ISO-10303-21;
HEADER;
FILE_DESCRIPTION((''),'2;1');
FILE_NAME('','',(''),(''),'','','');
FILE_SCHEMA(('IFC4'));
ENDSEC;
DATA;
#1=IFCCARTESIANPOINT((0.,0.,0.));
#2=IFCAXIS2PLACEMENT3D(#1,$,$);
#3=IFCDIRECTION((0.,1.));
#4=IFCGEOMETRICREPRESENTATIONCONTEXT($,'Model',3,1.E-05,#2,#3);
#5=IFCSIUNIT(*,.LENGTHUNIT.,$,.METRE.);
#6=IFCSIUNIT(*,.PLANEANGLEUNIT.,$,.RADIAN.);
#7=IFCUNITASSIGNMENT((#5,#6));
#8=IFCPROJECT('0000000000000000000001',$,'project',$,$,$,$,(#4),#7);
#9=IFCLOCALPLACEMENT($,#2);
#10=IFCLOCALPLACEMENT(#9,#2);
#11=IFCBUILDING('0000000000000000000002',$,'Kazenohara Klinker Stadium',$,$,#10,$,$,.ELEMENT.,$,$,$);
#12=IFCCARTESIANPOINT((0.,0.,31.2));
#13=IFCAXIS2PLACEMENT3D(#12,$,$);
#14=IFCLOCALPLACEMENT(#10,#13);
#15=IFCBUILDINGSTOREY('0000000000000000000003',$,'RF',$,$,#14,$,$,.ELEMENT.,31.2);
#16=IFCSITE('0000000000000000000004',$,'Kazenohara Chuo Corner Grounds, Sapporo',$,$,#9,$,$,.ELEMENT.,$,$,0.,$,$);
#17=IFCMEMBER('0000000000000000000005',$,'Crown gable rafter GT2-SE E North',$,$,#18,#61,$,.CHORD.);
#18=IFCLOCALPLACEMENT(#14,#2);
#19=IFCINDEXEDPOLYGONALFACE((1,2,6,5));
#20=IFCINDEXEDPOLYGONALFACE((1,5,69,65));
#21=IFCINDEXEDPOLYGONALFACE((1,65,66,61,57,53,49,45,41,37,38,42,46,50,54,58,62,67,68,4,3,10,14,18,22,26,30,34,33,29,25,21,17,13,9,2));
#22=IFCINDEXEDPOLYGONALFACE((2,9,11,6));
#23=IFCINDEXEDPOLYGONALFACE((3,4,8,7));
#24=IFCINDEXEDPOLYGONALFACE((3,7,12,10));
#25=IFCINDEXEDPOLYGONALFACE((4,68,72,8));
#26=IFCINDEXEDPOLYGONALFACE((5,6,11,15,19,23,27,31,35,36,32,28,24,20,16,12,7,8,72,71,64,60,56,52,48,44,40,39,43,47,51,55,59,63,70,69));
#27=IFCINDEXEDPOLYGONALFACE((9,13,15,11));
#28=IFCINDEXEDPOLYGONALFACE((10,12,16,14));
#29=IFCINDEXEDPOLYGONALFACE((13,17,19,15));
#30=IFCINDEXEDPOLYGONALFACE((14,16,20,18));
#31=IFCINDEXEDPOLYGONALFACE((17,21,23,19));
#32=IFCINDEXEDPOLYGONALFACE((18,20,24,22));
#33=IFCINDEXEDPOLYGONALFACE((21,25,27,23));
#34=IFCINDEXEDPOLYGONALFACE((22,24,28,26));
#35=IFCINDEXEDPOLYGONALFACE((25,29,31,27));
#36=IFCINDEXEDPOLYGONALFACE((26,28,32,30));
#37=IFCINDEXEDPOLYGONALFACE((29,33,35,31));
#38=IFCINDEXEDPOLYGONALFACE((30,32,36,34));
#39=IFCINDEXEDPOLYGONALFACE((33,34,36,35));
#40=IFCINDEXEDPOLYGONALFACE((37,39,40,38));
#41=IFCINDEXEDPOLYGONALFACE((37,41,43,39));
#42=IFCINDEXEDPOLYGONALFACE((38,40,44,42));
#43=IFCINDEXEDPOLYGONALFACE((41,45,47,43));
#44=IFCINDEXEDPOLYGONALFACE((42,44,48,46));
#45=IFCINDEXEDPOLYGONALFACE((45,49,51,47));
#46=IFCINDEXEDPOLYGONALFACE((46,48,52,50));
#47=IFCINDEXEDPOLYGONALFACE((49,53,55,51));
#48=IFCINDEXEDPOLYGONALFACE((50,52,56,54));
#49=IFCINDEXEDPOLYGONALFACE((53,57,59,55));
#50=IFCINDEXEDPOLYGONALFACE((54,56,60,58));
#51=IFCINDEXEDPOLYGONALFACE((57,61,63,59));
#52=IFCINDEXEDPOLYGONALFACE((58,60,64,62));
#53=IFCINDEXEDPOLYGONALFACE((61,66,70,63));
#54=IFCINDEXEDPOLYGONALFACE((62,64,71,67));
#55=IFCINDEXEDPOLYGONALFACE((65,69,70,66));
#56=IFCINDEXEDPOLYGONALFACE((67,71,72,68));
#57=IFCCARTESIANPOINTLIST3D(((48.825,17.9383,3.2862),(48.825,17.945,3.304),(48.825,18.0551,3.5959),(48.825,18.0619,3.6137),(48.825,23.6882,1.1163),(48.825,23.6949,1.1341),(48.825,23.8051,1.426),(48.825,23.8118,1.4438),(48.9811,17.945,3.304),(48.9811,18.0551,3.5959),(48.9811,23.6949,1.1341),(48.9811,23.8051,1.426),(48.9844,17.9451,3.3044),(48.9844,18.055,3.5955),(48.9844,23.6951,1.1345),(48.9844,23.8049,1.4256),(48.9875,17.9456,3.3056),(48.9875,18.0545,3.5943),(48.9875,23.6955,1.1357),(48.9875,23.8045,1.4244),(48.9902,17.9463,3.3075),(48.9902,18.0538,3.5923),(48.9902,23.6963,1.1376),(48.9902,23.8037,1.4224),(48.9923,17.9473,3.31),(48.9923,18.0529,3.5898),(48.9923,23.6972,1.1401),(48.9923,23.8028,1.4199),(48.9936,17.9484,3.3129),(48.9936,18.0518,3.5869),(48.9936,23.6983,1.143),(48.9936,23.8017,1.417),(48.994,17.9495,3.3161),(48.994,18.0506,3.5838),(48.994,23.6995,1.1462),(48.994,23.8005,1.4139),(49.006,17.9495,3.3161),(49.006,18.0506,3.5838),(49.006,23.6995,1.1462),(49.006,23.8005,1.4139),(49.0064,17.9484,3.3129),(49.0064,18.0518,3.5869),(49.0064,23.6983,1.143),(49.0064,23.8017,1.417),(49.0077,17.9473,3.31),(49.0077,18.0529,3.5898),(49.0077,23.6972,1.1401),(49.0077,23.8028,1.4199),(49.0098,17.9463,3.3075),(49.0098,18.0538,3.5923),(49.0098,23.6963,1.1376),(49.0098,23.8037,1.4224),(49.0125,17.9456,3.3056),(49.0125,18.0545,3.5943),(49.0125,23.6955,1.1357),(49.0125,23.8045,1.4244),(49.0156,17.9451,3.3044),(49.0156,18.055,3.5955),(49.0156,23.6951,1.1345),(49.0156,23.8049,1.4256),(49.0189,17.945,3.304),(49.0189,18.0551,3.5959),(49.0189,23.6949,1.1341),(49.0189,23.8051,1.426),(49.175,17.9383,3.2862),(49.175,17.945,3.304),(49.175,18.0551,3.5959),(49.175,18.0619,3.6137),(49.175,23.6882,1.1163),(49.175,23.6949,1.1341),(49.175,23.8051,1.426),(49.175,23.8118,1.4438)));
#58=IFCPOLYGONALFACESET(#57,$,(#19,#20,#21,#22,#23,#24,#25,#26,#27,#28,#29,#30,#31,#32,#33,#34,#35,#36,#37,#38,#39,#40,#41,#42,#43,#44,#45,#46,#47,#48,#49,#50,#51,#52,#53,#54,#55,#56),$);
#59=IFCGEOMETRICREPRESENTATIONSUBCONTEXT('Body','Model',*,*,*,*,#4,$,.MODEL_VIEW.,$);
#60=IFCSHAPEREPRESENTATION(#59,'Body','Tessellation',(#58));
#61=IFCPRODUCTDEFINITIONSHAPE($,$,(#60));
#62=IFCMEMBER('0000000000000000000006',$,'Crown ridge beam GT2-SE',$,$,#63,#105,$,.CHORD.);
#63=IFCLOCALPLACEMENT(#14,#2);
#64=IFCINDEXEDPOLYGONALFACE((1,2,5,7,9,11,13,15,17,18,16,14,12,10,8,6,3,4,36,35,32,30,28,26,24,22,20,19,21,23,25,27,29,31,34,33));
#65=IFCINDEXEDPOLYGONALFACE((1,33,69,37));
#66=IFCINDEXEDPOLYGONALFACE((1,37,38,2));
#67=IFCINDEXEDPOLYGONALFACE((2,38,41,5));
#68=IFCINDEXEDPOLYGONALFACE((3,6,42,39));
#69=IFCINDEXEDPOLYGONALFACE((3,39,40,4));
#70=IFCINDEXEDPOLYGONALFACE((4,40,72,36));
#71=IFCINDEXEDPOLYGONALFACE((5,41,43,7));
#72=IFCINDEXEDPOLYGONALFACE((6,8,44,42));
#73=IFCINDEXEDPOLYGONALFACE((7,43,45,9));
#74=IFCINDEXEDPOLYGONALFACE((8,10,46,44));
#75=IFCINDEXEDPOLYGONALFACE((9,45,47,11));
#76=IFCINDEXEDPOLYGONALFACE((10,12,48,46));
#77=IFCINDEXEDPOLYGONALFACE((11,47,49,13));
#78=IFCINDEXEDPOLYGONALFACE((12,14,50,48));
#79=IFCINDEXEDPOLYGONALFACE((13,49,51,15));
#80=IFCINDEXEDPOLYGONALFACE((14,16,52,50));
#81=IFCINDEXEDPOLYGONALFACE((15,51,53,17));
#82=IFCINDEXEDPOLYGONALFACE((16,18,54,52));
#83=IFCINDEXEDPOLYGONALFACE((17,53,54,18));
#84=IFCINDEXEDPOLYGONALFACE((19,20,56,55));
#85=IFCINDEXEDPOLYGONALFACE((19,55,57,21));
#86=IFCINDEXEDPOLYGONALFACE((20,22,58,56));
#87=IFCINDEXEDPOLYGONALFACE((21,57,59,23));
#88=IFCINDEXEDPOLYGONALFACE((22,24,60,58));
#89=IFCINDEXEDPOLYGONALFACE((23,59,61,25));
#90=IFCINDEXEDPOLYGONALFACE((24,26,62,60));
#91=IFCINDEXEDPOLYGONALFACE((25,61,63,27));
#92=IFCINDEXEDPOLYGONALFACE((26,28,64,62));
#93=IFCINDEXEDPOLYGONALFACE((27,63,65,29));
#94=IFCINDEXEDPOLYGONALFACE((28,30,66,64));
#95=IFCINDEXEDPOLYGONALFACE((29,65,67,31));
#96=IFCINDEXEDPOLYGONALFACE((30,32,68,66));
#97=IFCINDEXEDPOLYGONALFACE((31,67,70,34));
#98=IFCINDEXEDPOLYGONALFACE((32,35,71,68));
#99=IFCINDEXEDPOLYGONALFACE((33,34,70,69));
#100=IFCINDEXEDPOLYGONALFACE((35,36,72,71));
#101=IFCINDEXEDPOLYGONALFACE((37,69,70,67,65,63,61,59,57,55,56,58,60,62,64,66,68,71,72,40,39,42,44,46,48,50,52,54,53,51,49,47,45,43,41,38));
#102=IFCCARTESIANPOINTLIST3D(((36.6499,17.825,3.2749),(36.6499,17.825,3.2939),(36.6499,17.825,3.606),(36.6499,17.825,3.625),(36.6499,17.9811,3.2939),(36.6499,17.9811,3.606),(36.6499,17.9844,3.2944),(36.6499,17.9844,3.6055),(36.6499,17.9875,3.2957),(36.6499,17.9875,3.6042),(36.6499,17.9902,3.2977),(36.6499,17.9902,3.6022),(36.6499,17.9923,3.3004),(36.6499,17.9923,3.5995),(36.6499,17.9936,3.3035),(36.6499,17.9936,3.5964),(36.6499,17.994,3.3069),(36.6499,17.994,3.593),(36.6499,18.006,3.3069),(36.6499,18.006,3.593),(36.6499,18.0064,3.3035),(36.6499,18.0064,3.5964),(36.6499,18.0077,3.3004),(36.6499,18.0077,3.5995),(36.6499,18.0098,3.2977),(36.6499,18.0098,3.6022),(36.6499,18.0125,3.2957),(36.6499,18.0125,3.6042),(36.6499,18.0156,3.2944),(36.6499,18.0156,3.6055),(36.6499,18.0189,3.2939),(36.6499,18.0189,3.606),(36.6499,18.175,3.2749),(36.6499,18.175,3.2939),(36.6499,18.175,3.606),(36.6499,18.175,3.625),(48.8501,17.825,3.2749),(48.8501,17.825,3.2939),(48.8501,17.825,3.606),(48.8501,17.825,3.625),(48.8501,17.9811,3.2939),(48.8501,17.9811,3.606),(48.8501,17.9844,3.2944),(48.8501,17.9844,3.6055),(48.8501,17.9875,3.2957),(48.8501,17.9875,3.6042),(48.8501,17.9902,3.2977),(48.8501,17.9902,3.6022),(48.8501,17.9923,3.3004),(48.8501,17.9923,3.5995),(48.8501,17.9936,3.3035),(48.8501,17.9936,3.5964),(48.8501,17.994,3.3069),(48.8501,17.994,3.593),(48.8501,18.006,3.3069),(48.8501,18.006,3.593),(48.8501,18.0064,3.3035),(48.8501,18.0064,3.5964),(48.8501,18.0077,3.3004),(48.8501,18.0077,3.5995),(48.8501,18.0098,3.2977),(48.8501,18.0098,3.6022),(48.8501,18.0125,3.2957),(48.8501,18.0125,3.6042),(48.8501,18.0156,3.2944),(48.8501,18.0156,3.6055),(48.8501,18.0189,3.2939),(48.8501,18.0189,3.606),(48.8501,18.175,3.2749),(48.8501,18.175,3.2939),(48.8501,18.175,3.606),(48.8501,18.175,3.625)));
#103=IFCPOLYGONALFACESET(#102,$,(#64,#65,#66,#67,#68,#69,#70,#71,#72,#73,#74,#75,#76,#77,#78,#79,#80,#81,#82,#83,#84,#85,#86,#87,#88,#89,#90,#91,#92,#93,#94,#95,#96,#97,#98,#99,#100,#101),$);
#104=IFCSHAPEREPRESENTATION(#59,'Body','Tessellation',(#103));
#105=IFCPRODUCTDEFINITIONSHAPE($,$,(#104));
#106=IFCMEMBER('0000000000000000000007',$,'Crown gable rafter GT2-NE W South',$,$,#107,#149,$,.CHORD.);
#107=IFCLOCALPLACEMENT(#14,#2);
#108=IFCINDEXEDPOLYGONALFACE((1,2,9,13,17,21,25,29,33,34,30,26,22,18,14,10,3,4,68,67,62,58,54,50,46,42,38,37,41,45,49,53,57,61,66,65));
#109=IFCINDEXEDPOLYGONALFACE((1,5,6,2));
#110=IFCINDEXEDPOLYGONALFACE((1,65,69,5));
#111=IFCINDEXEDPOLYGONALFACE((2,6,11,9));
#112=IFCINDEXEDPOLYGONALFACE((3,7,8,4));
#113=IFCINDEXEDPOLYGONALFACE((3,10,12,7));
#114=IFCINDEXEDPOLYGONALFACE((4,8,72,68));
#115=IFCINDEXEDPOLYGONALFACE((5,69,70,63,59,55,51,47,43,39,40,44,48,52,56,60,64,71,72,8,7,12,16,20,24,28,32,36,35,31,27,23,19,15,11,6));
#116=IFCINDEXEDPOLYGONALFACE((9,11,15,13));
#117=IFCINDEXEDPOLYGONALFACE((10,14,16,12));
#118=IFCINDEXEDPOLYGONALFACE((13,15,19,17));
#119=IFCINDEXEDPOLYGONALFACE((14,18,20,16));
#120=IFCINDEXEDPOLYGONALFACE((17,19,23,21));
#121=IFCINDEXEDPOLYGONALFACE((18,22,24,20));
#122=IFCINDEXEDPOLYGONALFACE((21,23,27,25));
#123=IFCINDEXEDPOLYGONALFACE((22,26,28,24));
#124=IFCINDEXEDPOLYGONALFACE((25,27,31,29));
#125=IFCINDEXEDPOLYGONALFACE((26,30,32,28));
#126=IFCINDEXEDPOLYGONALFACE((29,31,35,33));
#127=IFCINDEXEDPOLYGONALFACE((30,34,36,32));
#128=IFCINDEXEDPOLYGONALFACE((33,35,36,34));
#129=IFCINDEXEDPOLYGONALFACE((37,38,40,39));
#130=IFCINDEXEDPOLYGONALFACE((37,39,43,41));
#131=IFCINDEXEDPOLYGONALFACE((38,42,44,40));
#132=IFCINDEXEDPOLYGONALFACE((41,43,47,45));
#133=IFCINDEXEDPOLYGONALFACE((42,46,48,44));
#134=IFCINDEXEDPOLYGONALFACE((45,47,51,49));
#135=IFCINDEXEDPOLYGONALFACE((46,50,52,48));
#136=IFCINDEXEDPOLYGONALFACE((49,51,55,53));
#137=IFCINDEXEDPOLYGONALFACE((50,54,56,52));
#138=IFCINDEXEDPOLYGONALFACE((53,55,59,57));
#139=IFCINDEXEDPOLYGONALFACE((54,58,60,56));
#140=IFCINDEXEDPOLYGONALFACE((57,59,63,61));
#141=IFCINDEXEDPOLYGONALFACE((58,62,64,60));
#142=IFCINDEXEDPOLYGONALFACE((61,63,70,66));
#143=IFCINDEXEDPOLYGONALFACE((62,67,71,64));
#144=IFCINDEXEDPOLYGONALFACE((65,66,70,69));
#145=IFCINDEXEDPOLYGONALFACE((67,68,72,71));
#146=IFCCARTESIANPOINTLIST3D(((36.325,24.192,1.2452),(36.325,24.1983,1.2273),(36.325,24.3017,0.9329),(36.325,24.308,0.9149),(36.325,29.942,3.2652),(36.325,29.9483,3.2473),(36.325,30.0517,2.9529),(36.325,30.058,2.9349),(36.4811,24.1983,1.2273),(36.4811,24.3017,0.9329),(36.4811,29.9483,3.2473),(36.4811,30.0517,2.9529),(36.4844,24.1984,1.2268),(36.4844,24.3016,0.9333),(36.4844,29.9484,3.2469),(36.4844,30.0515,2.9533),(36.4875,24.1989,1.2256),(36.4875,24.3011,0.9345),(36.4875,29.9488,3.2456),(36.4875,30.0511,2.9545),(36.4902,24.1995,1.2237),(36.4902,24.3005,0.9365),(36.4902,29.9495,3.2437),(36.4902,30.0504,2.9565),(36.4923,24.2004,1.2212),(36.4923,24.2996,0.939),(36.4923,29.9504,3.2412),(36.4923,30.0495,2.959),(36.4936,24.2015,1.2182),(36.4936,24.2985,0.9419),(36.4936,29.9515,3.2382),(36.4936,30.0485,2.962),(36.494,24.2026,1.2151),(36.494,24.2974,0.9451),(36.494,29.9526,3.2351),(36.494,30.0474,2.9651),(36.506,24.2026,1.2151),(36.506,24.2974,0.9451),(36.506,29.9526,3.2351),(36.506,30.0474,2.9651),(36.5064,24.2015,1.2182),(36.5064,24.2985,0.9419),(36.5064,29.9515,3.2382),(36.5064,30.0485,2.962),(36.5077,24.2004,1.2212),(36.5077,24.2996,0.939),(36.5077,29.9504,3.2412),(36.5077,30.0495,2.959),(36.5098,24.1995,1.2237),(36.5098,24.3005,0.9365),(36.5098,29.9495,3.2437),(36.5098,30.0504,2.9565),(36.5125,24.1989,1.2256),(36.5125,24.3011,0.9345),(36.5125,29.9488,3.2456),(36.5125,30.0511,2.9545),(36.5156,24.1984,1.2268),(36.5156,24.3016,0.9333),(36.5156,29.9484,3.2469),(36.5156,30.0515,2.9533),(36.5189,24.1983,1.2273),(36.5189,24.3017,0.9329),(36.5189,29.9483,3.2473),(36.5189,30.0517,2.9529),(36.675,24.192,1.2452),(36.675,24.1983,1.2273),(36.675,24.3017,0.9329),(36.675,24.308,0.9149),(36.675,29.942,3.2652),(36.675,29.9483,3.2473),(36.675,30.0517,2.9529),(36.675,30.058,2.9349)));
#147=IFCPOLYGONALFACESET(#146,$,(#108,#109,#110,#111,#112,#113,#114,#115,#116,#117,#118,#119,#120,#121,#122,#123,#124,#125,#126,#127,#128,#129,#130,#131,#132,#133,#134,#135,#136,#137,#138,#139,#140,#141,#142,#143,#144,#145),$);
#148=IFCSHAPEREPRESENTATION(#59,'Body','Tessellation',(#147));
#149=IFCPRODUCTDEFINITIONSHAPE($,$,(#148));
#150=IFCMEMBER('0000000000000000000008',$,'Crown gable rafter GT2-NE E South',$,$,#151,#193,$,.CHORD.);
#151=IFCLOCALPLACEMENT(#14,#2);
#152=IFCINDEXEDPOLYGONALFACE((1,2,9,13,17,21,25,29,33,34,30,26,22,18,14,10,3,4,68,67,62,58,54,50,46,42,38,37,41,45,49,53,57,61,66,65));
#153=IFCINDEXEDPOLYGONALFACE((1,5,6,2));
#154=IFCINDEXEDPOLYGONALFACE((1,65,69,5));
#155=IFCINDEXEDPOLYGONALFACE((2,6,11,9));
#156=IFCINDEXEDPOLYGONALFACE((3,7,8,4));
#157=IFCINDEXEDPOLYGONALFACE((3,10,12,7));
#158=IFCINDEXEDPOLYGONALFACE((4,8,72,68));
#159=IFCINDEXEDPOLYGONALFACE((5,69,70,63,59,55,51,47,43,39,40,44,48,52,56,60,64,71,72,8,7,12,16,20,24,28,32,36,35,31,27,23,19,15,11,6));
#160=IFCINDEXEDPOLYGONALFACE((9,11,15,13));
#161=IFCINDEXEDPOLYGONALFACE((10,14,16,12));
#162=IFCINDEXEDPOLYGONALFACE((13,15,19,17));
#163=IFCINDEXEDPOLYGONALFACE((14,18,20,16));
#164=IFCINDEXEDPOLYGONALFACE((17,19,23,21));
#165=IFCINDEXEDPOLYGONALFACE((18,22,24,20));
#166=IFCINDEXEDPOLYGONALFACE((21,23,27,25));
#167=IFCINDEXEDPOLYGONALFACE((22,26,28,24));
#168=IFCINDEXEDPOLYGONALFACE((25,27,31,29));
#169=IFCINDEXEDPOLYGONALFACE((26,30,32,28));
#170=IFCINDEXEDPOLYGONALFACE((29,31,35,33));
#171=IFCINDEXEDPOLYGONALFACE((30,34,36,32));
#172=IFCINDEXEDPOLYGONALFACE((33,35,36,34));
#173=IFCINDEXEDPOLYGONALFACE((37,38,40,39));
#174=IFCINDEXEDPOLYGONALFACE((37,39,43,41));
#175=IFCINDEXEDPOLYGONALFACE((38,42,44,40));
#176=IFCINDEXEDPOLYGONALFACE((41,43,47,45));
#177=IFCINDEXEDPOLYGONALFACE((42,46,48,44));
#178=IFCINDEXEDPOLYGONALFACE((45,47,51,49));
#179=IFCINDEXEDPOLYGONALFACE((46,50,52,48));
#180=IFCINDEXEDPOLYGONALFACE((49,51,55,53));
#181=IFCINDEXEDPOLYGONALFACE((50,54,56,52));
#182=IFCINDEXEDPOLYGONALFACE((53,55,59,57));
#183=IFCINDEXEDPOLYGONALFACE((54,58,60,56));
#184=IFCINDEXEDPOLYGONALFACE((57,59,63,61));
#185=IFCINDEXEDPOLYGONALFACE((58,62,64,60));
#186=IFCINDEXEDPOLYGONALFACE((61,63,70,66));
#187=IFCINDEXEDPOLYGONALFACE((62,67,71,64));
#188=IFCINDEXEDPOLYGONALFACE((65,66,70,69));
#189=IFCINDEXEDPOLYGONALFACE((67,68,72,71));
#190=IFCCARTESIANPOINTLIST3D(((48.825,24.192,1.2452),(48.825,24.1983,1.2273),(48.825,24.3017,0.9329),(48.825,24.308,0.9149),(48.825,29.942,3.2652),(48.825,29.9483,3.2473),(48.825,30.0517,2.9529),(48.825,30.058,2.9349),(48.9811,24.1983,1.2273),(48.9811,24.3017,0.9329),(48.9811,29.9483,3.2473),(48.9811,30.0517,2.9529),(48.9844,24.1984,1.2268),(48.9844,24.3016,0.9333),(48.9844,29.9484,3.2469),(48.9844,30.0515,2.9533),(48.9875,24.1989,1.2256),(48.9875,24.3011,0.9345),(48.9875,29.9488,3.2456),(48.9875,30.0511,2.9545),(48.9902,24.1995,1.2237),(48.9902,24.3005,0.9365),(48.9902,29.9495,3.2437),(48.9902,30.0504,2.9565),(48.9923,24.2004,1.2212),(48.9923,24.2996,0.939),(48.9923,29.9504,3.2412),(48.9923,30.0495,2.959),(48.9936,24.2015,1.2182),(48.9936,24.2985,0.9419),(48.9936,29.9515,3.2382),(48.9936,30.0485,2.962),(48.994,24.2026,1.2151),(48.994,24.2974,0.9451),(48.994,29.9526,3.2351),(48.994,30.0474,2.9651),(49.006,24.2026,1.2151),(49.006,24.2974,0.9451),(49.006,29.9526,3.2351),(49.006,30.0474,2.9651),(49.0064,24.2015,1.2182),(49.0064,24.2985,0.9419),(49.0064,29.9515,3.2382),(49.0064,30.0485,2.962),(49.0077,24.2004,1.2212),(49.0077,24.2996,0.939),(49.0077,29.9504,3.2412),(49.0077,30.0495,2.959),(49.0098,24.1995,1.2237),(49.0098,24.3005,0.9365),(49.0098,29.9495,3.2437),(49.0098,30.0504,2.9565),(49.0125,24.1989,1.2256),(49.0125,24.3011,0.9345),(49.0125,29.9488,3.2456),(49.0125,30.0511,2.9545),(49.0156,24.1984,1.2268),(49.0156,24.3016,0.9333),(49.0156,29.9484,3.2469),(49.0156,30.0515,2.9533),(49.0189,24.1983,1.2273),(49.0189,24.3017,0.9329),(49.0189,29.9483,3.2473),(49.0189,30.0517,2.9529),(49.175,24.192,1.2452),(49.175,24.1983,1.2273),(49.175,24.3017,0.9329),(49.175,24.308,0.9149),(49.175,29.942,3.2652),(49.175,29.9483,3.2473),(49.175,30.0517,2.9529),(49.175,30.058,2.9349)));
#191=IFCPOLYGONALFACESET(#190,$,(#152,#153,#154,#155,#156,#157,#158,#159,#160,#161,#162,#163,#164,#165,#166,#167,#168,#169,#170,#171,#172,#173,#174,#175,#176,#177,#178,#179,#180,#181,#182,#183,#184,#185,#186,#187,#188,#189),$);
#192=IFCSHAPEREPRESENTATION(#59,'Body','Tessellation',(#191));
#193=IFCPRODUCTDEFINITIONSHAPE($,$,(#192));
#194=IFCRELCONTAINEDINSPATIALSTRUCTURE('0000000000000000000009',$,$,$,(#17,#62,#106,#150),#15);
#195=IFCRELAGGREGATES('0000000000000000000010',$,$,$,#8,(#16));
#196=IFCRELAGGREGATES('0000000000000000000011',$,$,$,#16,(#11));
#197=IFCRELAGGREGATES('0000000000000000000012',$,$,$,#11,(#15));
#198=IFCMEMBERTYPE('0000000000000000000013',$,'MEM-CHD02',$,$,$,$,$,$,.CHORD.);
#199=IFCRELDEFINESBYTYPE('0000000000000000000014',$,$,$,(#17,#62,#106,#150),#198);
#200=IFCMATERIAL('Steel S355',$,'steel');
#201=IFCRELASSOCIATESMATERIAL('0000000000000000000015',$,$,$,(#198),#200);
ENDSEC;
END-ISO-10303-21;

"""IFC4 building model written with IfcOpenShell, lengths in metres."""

from ifc_helpers import new_model, si_unit, direction, frame, origin, origin_2d, place, context, subcontext, project, spatial, i_section, extrude, material, material_profile, profile_set, type_object, element, save


model = new_model("IFC4")

# Units and contexts
model_context = context("Model", 3, precision=1e-05, world=origin(), true_north=direction((0.0, 1.0)))
body_context = subcontext(model_context, "Body", "Model", "MODEL_VIEW")
ifc_project = project(units=[si_unit("LENGTHUNIT", "METRE"), si_unit("PLANEANGLEUNIT", "RADIAN")], contexts=[model_context])

# Site, building, storey
site_placement = place(None, origin())
site = spatial("IfcSite", under=ifc_project, at=site_placement, Name="Kazenohara Chuo Corner Grounds, Sapporo", CompositionType="ELEMENT", RefElevation=0.0)
building_placement = place(site_placement, origin())
building = spatial("IfcBuilding", under=site, at=building_placement, Name="Kazenohara Klinker Stadium", CompositionType="ELEMENT")
storey_placement = place(building_placement, frame((0.0, 0.0, 31.2)))
storey = spatial("IfcBuildingStorey", under=building, at=storey_placement, Name="RF", CompositionType="ELEMENT", Elevation=31.2)

# Members
ifc_material_1 = material(Name="Steel S355", Category="steel")
ifc_material_profile_1 = material_profile(ifc_material_1, i_section(OverallWidth=0.3501, OverallDepth=0.3501, WebThickness=0.012, FlangeThickness=0.019, FilletRadius=0.0129, at=origin_2d()), Name="H-350x350x12x19")
ifc_profile_set_1 = profile_set([ifc_material_profile_1], Name="Steel S355")
member_type_1 = type_object("IfcMemberType", Name="MEM-CHD02", PredefinedType="CHORD", material=ifc_profile_set_1)
for number, where, z_axis, x_axis, name in (
    (1, (49.0, 23.75, 1.28), (0.0, -0.935596, 0.353073), (1.0, 0.0, 0.0), "Crown gable rafter GT2-SE E North"),
):
    element("IfcMember", number, at=place(storey_placement, frame(where, z_axis=z_axis, x_axis=x_axis)), inside=storey, type_object=member_type_1, Name=name, PredefinedType="CHORD", context=body_context, shape_type="SweptSolid", body=[
        extrude(i_section(OverallWidth=0.3501, OverallDepth=0.3501, WebThickness=0.012, FlangeThickness=0.019, FilletRadius=0.0129, at=origin_2d()), origin(), (0.0, 0.0, 1.0), 6.1458),
    ])
member_placement = place(storey_placement, frame((36.6499, 18.0, 3.45), z_axis=(1.0, 0.0, 0.0), x_axis=(0.0, 1.0, 0.0)))
element("IfcMember", 2, at=member_placement, inside=storey, type_object=member_type_1, Name="Crown ridge beam GT2-SE", PredefinedType="CHORD", context=body_context, shape_type="SweptSolid", body=[
    extrude(i_section(OverallWidth=0.3501, OverallDepth=0.3501, WebThickness=0.012, FlangeThickness=0.019, FilletRadius=0.0129, at=origin_2d()), origin(), (0.0, 0.0, 1.0), 12.2002),
])
for number, where, z_axis, x_axis, name in (
    (3, (36.5, 24.25, 1.0801), (0.0, 0.943473, 0.331449), (-1.0, 0.0, 0.0), "Crown gable rafter GT2-NE W South"),
    (4, (49.0, 24.25, 1.0801), (0.0, 0.943473, 0.331449), (-1.0, 0.0, 0.0), "Crown gable rafter GT2-NE E South"),
):
    element("IfcMember", number, at=place(storey_placement, frame(where, z_axis=z_axis, x_axis=x_axis)), inside=storey, type_object=member_type_1, Name=name, PredefinedType="CHORD", context=body_context, shape_type="SweptSolid", body=[
        extrude(i_section(OverallWidth=0.3501, OverallDepth=0.3501, WebThickness=0.012, FlangeThickness=0.019, FilletRadius=0.0129, at=origin_2d()), origin(), (0.0, 0.0, 1.0), 6.0945),
    ])

save(model, "model.ifc")
